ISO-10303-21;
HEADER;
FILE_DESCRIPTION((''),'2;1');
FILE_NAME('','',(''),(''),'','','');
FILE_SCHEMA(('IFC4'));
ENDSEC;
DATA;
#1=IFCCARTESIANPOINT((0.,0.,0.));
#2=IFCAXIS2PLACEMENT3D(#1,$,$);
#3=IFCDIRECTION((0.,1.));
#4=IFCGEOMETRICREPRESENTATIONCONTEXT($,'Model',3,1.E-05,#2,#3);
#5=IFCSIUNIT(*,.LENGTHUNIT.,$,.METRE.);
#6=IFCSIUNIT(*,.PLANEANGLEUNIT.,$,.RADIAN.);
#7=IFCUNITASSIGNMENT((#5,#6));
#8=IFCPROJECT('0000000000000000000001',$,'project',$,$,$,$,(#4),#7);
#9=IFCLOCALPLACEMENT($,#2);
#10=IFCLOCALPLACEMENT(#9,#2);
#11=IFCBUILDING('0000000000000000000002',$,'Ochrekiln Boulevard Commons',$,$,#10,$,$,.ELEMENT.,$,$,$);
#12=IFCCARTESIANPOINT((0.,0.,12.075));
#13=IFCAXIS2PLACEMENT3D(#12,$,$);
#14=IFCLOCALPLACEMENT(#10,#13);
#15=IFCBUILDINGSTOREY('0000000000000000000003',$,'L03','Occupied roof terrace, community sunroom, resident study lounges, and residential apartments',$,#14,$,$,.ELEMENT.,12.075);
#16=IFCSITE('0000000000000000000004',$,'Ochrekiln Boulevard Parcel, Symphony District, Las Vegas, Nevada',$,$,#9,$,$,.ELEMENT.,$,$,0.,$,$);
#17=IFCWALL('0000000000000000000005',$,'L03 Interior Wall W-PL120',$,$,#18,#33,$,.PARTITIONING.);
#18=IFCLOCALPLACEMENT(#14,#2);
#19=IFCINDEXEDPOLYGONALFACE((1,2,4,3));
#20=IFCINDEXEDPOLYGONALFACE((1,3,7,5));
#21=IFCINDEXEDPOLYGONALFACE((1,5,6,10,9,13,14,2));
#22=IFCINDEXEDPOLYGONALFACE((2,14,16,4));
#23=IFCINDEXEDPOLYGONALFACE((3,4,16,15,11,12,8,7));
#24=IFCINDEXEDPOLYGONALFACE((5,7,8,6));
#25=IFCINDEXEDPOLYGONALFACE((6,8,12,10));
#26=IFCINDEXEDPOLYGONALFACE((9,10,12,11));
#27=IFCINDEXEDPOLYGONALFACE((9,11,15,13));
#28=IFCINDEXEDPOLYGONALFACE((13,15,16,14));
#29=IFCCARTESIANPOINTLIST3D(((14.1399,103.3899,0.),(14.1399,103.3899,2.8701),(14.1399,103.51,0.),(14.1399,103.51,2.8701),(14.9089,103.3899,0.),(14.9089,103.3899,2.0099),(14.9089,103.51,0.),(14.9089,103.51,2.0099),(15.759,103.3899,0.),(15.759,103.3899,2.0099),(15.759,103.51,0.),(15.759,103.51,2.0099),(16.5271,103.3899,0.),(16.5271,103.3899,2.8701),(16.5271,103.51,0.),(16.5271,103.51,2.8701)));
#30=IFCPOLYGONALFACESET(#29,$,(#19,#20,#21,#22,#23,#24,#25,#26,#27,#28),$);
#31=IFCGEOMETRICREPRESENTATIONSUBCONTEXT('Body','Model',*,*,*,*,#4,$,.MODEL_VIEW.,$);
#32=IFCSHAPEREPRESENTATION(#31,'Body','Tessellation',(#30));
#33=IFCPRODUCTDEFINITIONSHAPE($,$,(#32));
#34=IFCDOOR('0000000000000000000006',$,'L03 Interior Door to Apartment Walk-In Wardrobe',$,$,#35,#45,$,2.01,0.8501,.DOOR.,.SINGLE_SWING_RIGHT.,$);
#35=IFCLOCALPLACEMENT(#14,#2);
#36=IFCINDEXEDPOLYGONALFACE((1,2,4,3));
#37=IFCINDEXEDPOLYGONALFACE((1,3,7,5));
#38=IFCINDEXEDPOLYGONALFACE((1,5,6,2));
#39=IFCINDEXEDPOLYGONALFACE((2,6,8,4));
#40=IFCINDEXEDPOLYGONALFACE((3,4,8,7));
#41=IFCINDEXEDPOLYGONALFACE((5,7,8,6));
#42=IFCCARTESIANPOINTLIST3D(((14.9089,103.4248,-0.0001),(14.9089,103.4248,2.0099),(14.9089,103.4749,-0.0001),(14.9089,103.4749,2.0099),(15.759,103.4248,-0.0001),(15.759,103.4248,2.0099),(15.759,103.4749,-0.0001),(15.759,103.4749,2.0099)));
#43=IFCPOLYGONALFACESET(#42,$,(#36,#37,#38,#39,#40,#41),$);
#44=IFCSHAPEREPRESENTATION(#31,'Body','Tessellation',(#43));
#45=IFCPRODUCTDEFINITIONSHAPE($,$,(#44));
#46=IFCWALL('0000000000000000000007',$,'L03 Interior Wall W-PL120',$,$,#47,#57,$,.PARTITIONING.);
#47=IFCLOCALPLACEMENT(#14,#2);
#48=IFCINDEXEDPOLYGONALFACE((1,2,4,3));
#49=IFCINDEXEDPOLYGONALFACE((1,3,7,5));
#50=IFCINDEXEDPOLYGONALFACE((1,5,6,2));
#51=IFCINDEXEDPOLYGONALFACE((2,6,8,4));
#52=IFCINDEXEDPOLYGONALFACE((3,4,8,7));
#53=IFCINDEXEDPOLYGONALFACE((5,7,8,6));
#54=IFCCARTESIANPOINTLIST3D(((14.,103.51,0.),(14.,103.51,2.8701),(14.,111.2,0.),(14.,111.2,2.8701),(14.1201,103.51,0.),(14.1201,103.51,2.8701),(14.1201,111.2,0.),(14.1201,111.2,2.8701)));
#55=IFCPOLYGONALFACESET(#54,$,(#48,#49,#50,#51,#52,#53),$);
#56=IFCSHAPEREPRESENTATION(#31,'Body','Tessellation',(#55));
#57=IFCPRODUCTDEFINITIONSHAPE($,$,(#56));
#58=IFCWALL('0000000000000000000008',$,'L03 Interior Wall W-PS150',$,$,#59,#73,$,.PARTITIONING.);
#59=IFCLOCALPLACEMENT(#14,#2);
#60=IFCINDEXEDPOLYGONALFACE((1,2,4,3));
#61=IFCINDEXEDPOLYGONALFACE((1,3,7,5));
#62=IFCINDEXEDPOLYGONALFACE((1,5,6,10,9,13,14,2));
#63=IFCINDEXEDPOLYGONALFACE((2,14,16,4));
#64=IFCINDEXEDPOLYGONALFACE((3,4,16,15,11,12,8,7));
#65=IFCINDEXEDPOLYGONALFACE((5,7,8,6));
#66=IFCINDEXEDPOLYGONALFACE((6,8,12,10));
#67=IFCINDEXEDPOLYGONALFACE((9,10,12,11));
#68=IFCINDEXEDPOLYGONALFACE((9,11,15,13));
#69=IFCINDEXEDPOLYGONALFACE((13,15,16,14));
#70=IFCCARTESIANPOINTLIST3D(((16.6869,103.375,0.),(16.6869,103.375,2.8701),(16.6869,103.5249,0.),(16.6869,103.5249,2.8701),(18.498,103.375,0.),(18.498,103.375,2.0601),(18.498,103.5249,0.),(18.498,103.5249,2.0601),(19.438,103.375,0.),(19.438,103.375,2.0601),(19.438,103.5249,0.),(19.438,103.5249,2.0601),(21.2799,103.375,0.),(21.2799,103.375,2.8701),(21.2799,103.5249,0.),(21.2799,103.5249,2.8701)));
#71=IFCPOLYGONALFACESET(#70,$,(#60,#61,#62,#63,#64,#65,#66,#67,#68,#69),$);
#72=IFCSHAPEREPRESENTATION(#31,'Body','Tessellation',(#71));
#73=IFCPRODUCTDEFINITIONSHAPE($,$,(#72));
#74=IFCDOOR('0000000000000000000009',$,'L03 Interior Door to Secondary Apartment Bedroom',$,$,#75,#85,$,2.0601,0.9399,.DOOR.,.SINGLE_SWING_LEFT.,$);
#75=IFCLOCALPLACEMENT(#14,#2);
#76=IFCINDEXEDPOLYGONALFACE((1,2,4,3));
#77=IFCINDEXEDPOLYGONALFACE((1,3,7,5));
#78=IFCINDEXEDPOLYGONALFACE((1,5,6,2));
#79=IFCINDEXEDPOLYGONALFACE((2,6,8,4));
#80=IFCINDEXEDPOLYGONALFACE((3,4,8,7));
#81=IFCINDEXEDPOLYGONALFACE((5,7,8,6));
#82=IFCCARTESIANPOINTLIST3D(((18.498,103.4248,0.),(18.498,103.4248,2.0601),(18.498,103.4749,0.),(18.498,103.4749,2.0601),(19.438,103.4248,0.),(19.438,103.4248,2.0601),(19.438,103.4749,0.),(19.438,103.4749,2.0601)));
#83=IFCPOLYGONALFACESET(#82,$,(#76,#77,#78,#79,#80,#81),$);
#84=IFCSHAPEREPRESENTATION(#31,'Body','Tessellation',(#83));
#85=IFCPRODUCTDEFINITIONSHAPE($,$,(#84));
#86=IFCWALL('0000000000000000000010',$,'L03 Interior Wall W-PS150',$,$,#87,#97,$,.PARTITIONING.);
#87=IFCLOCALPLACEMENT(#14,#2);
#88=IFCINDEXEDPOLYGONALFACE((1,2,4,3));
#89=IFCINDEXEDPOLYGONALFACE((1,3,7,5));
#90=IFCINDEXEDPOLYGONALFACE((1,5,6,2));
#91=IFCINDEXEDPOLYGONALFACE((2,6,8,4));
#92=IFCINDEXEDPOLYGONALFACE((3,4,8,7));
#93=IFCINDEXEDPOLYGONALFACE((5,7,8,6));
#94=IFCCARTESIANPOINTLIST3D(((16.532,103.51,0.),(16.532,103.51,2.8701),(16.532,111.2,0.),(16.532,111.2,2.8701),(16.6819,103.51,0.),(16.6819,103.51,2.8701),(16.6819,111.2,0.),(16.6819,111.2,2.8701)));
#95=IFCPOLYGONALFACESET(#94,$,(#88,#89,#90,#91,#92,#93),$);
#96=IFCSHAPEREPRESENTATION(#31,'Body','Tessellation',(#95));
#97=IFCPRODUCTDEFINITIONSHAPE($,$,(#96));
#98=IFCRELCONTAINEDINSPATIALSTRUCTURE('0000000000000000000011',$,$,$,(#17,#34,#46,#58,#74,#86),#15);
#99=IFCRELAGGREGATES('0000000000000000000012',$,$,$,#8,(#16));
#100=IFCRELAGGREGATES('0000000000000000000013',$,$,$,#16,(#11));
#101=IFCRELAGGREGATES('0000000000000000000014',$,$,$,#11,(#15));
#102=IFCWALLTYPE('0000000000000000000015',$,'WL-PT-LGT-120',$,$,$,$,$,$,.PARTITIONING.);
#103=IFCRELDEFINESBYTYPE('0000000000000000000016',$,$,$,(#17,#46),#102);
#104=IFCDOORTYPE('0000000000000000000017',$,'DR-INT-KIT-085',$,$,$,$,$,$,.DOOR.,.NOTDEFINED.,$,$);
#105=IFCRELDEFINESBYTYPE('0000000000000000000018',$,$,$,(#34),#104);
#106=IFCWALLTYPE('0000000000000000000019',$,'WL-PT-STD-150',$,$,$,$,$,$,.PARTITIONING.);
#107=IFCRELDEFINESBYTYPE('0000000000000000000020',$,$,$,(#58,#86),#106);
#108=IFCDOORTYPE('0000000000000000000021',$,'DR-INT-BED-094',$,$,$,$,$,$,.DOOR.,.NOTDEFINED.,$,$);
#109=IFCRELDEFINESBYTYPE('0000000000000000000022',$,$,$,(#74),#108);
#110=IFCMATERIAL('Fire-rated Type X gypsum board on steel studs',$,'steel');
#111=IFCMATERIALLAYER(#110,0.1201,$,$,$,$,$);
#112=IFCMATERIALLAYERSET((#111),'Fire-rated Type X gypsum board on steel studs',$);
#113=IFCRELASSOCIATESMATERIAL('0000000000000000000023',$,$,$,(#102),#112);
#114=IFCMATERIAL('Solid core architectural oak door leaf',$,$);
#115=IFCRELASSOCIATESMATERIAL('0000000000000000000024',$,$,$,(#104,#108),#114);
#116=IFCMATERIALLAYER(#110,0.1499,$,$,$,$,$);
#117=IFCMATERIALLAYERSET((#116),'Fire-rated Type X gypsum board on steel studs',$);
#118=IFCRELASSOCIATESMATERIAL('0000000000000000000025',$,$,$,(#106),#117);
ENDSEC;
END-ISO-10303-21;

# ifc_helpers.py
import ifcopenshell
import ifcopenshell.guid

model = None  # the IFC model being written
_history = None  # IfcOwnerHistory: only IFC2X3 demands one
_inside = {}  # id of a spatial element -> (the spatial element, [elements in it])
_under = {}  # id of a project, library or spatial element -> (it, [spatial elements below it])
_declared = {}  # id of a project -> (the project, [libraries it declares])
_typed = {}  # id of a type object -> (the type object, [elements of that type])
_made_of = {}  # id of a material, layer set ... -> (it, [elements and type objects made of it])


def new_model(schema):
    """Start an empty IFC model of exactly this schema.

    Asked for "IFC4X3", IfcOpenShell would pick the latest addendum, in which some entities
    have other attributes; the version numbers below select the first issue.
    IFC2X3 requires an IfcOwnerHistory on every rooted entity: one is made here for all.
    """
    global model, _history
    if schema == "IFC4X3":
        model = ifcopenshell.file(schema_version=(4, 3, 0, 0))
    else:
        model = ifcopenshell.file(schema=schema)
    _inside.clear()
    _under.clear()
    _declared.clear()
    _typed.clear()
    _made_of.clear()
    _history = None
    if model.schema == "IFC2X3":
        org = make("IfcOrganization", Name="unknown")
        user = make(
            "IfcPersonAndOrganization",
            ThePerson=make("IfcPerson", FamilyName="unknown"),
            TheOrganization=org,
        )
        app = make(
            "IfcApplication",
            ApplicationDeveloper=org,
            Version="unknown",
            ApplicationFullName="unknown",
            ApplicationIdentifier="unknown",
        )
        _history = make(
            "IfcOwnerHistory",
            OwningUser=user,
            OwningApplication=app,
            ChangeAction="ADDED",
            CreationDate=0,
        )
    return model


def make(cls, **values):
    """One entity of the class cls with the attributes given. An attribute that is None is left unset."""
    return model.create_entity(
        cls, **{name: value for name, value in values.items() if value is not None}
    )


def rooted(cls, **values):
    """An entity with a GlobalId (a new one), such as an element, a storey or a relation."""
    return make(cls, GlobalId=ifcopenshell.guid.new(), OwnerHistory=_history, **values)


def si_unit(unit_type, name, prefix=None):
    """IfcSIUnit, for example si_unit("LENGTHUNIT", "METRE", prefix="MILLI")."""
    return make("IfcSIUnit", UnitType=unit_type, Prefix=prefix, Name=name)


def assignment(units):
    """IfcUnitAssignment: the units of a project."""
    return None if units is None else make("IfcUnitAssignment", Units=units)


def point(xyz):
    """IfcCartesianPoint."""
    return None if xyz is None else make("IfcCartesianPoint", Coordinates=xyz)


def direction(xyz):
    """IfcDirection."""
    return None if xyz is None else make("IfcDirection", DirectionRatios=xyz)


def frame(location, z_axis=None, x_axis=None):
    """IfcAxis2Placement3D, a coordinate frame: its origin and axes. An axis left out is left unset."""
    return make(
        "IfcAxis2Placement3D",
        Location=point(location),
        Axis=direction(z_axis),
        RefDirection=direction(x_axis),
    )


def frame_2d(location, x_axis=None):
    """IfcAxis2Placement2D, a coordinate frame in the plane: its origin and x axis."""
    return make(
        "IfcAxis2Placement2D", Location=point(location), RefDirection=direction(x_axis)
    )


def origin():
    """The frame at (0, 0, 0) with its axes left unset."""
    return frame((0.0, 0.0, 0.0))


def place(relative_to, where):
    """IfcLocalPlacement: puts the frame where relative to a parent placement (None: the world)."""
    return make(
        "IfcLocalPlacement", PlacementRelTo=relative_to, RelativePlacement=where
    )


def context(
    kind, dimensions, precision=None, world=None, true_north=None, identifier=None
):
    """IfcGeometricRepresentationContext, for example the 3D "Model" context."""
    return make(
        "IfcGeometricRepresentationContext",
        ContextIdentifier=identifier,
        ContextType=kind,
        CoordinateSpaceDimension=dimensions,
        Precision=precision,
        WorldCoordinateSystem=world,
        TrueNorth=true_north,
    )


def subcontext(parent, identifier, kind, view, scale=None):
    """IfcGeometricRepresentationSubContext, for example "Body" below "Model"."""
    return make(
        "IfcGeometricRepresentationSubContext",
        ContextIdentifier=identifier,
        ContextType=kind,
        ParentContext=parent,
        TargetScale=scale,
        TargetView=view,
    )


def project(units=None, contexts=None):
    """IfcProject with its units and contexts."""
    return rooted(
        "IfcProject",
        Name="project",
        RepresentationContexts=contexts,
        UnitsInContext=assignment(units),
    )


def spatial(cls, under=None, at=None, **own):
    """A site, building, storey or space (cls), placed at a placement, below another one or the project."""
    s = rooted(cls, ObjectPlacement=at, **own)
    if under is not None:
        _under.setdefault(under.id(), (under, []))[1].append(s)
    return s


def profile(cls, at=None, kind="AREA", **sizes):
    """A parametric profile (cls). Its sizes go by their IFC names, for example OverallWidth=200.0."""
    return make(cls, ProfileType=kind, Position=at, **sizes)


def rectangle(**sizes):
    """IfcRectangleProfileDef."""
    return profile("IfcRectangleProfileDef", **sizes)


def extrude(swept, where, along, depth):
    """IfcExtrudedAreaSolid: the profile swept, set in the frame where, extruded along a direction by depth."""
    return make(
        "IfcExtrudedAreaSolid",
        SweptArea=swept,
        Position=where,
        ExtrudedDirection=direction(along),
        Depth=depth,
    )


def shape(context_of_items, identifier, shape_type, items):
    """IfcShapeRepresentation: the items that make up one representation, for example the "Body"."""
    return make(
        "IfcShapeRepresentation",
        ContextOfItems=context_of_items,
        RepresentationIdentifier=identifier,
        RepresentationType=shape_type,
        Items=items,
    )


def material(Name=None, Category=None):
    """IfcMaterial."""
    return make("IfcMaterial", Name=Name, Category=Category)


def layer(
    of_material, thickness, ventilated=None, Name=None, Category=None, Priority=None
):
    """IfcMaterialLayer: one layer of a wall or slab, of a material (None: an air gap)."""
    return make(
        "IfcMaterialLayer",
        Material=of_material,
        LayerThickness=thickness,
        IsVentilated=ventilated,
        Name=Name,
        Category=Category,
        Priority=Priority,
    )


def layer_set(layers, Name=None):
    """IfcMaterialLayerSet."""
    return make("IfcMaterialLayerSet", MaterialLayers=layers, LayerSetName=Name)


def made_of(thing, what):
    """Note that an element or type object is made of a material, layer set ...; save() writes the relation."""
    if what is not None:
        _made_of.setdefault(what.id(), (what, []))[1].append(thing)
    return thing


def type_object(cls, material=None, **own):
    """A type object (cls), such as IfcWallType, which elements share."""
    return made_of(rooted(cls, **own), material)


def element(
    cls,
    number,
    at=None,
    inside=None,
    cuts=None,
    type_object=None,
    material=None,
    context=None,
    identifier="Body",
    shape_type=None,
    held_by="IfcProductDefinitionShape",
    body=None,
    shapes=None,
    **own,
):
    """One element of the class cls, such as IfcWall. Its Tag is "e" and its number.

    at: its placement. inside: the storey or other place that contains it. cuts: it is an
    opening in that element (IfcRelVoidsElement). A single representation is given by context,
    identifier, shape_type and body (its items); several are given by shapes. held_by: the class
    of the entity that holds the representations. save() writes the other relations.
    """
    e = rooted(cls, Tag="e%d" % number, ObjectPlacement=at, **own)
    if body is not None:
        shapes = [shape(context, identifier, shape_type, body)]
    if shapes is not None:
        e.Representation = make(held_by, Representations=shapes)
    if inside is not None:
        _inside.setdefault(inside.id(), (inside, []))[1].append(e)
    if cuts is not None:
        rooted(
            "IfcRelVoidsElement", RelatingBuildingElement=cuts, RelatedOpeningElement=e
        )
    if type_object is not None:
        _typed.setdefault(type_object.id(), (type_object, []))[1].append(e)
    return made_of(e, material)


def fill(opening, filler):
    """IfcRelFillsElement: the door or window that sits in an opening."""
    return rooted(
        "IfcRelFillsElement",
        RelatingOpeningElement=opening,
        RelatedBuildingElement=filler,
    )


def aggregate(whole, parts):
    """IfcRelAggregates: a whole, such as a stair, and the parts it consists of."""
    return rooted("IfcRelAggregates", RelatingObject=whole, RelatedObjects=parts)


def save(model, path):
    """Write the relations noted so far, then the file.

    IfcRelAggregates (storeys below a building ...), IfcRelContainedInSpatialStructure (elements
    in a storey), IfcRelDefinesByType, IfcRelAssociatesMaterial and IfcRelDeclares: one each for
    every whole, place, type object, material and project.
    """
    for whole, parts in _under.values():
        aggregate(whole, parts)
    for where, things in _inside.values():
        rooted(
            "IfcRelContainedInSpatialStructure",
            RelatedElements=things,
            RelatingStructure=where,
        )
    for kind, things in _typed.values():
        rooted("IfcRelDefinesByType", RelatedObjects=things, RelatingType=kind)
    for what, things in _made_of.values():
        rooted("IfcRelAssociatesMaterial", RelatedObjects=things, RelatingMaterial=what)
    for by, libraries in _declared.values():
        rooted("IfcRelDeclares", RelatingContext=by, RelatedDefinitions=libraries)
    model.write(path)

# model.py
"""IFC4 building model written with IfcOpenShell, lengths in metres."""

from ifc_helpers import new_model, si_unit, direction, frame, frame_2d, origin, place, context, subcontext, project, spatial, rectangle, extrude, material, layer, layer_set, type_object, element, fill, save


model = new_model("IFC4")

# Units and contexts
model_context = context("Model", 3, precision=1e-05, world=origin(), true_north=direction((0.0, 1.0)))
body_context = subcontext(model_context, "Body", "Model", "MODEL_VIEW")
ifc_project = project(units=[si_unit("LENGTHUNIT", "METRE"), si_unit("PLANEANGLEUNIT", "RADIAN")], contexts=[model_context])

# Site, building, storey
site_placement = place(None, origin())
site = spatial("IfcSite", under=ifc_project, at=site_placement, Name="Ochrekiln Boulevard Parcel, Symphony District, Las Vegas, Nevada", CompositionType="ELEMENT", RefElevation=0.0)
building_placement = place(site_placement, origin())
building = spatial("IfcBuilding", under=site, at=building_placement, Name="Ochrekiln Boulevard Commons", CompositionType="ELEMENT")
storey_placement = place(building_placement, frame((0.0, 0.0, 12.075)))
storey = spatial("IfcBuildingStorey", under=building, at=storey_placement, Name="L03", Description="Occupied roof terrace, community sunroom, resident study lounges, and residential apartments", CompositionType="ELEMENT", Elevation=12.075)

# Wall, opening, door
ifc_material_1 = material(Name="Fire-rated Type X gypsum board on steel studs", Category="steel")
ifc_layer_1 = layer(ifc_material_1, 0.1201)
ifc_layer_set_1 = layer_set([ifc_layer_1], Name="Fire-rated Type X gypsum board on steel studs")
wall_type_1 = type_object("IfcWallType", Name="WL-PT-LGT-120", PredefinedType="PARTITIONING", material=ifc_layer_set_1)
ifc_material_2 = material(Name="Solid core architectural oak door leaf")
door_type_1 = type_object("IfcDoorType", Name="DR-INT-KIT-085", OperationType="NOTDEFINED", PredefinedType="DOOR", material=ifc_material_2)
wall_1_placement = place(storey_placement, frame((14.1399, 103.45, 0.0), z_axis=(0.0, 0.0, 1.0), x_axis=(1.0, 0.0, 0.0)))
wall_1 = element("IfcWall", 1, at=wall_1_placement, inside=storey, type_object=wall_type_1, Name="L03 Interior Wall W-PL120", PredefinedType="PARTITIONING", context=body_context, shape_type="SweptSolid", body=[
    extrude(rectangle(XDim=2.3872, YDim=0.1201, at=frame_2d((1.1936, 0.0))), origin(), (0.0, 0.0, 1.0), 2.8701),
])
opening_1_placement = place(wall_1_placement, frame((0.769, 0.0, 0.0)))
opening_1 = element("IfcOpeningElement", 2, at=opening_1_placement, cuts=wall_1, PredefinedType="OPENING", context=body_context, shape_type="SweptSolid", body=[
    extrude(rectangle(XDim=0.8501, YDim=2.01, at=frame_2d((0.425, 1.0049))), frame((0.0, 0.0701, 0.0), z_axis=(0.0, -1.0, 0.0), x_axis=(1.0, 0.0, 0.0)), (0.0, 0.0, 1.0), 0.1401),
])
door_1_placement = place(opening_1_placement, origin())
door_1 = element("IfcDoor", 3, at=door_1_placement, inside=storey, type_object=door_type_1, Name="L03 Interior Door to Apartment Walk-In Wardrobe", OperationType="SINGLE_SWING_RIGHT", OverallHeight=2.01, OverallWidth=0.8501, PredefinedType="DOOR", context=body_context, shape_type="SweptSolid", body=[
    extrude(rectangle(XDim=0.8501, YDim=2.01, at=frame_2d((0.425, 1.0049))), frame((0.0, 0.0249, 0.0), z_axis=(0.0, -1.0, 0.0), x_axis=(1.0, 0.0, 0.0)), (0.0, 0.0, 1.0), 0.05),
])
fill(opening_1, door_1)

# Wall
wall_2_placement = place(storey_placement, frame((14.0601, 103.51, 0.0), z_axis=(0.0, 0.0, 1.0), x_axis=(0.0, 1.0, 0.0)))
element("IfcWall", 4, at=wall_2_placement, inside=storey, type_object=wall_type_1, Name="L03 Interior Wall W-PL120", PredefinedType="PARTITIONING", context=body_context, shape_type="SweptSolid", body=[
    extrude(rectangle(XDim=7.6899, YDim=0.1201, at=frame_2d((3.845, 0.0))), origin(), (0.0, 0.0, 1.0), 2.8701),
])

# Wall, opening, door
ifc_layer_2 = layer(ifc_material_1, 0.1499)
ifc_layer_set_2 = layer_set([ifc_layer_2], Name="Fire-rated Type X gypsum board on steel studs")
wall_type_2 = type_object("IfcWallType", Name="WL-PT-STD-150", PredefinedType="PARTITIONING", material=ifc_layer_set_2)
wall_3_placement = place(storey_placement, frame((16.687, 103.45, 0.0), z_axis=(0.0, 0.0, 1.0), x_axis=(1.0, 0.0, 0.0)))
wall_3 = element("IfcWall", 5, at=wall_3_placement, inside=storey, type_object=wall_type_2, Name="L03 Interior Wall W-PS150", PredefinedType="PARTITIONING", context=body_context, shape_type="SweptSolid", body=[
    extrude(rectangle(XDim=4.593, YDim=0.1499, at=frame_2d((2.2964, 0.0))), origin(), (0.0, 0.0, 1.0), 2.8701),
])
opening_2_placement = place(wall_3_placement, frame((1.811, 0.0, 0.0)))
opening_2 = element("IfcOpeningElement", 6, at=opening_2_placement, cuts=wall_3, PredefinedType="OPENING", context=body_context, shape_type="SweptSolid", body=[
    extrude(rectangle(XDim=0.9399, YDim=2.0601, at=frame_2d((0.47, 1.03))), frame((0.0, 0.085, 0.0), z_axis=(0.0, -1.0, 0.0), x_axis=(1.0, 0.0, 0.0)), (0.0, 0.0, 1.0), 0.1699),
])
door_type_2 = type_object("IfcDoorType", Name="DR-INT-BED-094", OperationType="NOTDEFINED", PredefinedType="DOOR", material=ifc_material_2)
door_2_placement = place(opening_2_placement, origin())
door_2 = element("IfcDoor", 7, at=door_2_placement, inside=storey, type_object=door_type_2, Name="L03 Interior Door to Secondary Apartment Bedroom", OperationType="SINGLE_SWING_LEFT", OverallHeight=2.0601, OverallWidth=0.9399, PredefinedType="DOOR", context=body_context, shape_type="SweptSolid", body=[
    extrude(rectangle(XDim=0.9399, YDim=2.0601, at=frame_2d((0.47, 1.03))), frame((0.0, 0.0249, 0.0), z_axis=(0.0, -1.0, 0.0), x_axis=(1.0, 0.0, 0.0)), (0.0, 0.0, 1.0), 0.05),
])
fill(opening_2, door_2)

# Wall
wall_4_placement = place(storey_placement, frame((16.6069, 103.51, 0.0), z_axis=(0.0, 0.0, 1.0), x_axis=(0.0, 1.0, 0.0)))
element("IfcWall", 8, at=wall_4_placement, inside=storey, type_object=wall_type_2, Name="L03 Interior Wall W-PS150", PredefinedType="PARTITIONING", context=body_context, shape_type="SweptSolid", body=[
    extrude(rectangle(XDim=7.6899, YDim=0.1499, at=frame_2d((3.845, 0.0))), origin(), (0.0, 0.0, 1.0), 2.8701),
])

save(model, "model.ifc")
